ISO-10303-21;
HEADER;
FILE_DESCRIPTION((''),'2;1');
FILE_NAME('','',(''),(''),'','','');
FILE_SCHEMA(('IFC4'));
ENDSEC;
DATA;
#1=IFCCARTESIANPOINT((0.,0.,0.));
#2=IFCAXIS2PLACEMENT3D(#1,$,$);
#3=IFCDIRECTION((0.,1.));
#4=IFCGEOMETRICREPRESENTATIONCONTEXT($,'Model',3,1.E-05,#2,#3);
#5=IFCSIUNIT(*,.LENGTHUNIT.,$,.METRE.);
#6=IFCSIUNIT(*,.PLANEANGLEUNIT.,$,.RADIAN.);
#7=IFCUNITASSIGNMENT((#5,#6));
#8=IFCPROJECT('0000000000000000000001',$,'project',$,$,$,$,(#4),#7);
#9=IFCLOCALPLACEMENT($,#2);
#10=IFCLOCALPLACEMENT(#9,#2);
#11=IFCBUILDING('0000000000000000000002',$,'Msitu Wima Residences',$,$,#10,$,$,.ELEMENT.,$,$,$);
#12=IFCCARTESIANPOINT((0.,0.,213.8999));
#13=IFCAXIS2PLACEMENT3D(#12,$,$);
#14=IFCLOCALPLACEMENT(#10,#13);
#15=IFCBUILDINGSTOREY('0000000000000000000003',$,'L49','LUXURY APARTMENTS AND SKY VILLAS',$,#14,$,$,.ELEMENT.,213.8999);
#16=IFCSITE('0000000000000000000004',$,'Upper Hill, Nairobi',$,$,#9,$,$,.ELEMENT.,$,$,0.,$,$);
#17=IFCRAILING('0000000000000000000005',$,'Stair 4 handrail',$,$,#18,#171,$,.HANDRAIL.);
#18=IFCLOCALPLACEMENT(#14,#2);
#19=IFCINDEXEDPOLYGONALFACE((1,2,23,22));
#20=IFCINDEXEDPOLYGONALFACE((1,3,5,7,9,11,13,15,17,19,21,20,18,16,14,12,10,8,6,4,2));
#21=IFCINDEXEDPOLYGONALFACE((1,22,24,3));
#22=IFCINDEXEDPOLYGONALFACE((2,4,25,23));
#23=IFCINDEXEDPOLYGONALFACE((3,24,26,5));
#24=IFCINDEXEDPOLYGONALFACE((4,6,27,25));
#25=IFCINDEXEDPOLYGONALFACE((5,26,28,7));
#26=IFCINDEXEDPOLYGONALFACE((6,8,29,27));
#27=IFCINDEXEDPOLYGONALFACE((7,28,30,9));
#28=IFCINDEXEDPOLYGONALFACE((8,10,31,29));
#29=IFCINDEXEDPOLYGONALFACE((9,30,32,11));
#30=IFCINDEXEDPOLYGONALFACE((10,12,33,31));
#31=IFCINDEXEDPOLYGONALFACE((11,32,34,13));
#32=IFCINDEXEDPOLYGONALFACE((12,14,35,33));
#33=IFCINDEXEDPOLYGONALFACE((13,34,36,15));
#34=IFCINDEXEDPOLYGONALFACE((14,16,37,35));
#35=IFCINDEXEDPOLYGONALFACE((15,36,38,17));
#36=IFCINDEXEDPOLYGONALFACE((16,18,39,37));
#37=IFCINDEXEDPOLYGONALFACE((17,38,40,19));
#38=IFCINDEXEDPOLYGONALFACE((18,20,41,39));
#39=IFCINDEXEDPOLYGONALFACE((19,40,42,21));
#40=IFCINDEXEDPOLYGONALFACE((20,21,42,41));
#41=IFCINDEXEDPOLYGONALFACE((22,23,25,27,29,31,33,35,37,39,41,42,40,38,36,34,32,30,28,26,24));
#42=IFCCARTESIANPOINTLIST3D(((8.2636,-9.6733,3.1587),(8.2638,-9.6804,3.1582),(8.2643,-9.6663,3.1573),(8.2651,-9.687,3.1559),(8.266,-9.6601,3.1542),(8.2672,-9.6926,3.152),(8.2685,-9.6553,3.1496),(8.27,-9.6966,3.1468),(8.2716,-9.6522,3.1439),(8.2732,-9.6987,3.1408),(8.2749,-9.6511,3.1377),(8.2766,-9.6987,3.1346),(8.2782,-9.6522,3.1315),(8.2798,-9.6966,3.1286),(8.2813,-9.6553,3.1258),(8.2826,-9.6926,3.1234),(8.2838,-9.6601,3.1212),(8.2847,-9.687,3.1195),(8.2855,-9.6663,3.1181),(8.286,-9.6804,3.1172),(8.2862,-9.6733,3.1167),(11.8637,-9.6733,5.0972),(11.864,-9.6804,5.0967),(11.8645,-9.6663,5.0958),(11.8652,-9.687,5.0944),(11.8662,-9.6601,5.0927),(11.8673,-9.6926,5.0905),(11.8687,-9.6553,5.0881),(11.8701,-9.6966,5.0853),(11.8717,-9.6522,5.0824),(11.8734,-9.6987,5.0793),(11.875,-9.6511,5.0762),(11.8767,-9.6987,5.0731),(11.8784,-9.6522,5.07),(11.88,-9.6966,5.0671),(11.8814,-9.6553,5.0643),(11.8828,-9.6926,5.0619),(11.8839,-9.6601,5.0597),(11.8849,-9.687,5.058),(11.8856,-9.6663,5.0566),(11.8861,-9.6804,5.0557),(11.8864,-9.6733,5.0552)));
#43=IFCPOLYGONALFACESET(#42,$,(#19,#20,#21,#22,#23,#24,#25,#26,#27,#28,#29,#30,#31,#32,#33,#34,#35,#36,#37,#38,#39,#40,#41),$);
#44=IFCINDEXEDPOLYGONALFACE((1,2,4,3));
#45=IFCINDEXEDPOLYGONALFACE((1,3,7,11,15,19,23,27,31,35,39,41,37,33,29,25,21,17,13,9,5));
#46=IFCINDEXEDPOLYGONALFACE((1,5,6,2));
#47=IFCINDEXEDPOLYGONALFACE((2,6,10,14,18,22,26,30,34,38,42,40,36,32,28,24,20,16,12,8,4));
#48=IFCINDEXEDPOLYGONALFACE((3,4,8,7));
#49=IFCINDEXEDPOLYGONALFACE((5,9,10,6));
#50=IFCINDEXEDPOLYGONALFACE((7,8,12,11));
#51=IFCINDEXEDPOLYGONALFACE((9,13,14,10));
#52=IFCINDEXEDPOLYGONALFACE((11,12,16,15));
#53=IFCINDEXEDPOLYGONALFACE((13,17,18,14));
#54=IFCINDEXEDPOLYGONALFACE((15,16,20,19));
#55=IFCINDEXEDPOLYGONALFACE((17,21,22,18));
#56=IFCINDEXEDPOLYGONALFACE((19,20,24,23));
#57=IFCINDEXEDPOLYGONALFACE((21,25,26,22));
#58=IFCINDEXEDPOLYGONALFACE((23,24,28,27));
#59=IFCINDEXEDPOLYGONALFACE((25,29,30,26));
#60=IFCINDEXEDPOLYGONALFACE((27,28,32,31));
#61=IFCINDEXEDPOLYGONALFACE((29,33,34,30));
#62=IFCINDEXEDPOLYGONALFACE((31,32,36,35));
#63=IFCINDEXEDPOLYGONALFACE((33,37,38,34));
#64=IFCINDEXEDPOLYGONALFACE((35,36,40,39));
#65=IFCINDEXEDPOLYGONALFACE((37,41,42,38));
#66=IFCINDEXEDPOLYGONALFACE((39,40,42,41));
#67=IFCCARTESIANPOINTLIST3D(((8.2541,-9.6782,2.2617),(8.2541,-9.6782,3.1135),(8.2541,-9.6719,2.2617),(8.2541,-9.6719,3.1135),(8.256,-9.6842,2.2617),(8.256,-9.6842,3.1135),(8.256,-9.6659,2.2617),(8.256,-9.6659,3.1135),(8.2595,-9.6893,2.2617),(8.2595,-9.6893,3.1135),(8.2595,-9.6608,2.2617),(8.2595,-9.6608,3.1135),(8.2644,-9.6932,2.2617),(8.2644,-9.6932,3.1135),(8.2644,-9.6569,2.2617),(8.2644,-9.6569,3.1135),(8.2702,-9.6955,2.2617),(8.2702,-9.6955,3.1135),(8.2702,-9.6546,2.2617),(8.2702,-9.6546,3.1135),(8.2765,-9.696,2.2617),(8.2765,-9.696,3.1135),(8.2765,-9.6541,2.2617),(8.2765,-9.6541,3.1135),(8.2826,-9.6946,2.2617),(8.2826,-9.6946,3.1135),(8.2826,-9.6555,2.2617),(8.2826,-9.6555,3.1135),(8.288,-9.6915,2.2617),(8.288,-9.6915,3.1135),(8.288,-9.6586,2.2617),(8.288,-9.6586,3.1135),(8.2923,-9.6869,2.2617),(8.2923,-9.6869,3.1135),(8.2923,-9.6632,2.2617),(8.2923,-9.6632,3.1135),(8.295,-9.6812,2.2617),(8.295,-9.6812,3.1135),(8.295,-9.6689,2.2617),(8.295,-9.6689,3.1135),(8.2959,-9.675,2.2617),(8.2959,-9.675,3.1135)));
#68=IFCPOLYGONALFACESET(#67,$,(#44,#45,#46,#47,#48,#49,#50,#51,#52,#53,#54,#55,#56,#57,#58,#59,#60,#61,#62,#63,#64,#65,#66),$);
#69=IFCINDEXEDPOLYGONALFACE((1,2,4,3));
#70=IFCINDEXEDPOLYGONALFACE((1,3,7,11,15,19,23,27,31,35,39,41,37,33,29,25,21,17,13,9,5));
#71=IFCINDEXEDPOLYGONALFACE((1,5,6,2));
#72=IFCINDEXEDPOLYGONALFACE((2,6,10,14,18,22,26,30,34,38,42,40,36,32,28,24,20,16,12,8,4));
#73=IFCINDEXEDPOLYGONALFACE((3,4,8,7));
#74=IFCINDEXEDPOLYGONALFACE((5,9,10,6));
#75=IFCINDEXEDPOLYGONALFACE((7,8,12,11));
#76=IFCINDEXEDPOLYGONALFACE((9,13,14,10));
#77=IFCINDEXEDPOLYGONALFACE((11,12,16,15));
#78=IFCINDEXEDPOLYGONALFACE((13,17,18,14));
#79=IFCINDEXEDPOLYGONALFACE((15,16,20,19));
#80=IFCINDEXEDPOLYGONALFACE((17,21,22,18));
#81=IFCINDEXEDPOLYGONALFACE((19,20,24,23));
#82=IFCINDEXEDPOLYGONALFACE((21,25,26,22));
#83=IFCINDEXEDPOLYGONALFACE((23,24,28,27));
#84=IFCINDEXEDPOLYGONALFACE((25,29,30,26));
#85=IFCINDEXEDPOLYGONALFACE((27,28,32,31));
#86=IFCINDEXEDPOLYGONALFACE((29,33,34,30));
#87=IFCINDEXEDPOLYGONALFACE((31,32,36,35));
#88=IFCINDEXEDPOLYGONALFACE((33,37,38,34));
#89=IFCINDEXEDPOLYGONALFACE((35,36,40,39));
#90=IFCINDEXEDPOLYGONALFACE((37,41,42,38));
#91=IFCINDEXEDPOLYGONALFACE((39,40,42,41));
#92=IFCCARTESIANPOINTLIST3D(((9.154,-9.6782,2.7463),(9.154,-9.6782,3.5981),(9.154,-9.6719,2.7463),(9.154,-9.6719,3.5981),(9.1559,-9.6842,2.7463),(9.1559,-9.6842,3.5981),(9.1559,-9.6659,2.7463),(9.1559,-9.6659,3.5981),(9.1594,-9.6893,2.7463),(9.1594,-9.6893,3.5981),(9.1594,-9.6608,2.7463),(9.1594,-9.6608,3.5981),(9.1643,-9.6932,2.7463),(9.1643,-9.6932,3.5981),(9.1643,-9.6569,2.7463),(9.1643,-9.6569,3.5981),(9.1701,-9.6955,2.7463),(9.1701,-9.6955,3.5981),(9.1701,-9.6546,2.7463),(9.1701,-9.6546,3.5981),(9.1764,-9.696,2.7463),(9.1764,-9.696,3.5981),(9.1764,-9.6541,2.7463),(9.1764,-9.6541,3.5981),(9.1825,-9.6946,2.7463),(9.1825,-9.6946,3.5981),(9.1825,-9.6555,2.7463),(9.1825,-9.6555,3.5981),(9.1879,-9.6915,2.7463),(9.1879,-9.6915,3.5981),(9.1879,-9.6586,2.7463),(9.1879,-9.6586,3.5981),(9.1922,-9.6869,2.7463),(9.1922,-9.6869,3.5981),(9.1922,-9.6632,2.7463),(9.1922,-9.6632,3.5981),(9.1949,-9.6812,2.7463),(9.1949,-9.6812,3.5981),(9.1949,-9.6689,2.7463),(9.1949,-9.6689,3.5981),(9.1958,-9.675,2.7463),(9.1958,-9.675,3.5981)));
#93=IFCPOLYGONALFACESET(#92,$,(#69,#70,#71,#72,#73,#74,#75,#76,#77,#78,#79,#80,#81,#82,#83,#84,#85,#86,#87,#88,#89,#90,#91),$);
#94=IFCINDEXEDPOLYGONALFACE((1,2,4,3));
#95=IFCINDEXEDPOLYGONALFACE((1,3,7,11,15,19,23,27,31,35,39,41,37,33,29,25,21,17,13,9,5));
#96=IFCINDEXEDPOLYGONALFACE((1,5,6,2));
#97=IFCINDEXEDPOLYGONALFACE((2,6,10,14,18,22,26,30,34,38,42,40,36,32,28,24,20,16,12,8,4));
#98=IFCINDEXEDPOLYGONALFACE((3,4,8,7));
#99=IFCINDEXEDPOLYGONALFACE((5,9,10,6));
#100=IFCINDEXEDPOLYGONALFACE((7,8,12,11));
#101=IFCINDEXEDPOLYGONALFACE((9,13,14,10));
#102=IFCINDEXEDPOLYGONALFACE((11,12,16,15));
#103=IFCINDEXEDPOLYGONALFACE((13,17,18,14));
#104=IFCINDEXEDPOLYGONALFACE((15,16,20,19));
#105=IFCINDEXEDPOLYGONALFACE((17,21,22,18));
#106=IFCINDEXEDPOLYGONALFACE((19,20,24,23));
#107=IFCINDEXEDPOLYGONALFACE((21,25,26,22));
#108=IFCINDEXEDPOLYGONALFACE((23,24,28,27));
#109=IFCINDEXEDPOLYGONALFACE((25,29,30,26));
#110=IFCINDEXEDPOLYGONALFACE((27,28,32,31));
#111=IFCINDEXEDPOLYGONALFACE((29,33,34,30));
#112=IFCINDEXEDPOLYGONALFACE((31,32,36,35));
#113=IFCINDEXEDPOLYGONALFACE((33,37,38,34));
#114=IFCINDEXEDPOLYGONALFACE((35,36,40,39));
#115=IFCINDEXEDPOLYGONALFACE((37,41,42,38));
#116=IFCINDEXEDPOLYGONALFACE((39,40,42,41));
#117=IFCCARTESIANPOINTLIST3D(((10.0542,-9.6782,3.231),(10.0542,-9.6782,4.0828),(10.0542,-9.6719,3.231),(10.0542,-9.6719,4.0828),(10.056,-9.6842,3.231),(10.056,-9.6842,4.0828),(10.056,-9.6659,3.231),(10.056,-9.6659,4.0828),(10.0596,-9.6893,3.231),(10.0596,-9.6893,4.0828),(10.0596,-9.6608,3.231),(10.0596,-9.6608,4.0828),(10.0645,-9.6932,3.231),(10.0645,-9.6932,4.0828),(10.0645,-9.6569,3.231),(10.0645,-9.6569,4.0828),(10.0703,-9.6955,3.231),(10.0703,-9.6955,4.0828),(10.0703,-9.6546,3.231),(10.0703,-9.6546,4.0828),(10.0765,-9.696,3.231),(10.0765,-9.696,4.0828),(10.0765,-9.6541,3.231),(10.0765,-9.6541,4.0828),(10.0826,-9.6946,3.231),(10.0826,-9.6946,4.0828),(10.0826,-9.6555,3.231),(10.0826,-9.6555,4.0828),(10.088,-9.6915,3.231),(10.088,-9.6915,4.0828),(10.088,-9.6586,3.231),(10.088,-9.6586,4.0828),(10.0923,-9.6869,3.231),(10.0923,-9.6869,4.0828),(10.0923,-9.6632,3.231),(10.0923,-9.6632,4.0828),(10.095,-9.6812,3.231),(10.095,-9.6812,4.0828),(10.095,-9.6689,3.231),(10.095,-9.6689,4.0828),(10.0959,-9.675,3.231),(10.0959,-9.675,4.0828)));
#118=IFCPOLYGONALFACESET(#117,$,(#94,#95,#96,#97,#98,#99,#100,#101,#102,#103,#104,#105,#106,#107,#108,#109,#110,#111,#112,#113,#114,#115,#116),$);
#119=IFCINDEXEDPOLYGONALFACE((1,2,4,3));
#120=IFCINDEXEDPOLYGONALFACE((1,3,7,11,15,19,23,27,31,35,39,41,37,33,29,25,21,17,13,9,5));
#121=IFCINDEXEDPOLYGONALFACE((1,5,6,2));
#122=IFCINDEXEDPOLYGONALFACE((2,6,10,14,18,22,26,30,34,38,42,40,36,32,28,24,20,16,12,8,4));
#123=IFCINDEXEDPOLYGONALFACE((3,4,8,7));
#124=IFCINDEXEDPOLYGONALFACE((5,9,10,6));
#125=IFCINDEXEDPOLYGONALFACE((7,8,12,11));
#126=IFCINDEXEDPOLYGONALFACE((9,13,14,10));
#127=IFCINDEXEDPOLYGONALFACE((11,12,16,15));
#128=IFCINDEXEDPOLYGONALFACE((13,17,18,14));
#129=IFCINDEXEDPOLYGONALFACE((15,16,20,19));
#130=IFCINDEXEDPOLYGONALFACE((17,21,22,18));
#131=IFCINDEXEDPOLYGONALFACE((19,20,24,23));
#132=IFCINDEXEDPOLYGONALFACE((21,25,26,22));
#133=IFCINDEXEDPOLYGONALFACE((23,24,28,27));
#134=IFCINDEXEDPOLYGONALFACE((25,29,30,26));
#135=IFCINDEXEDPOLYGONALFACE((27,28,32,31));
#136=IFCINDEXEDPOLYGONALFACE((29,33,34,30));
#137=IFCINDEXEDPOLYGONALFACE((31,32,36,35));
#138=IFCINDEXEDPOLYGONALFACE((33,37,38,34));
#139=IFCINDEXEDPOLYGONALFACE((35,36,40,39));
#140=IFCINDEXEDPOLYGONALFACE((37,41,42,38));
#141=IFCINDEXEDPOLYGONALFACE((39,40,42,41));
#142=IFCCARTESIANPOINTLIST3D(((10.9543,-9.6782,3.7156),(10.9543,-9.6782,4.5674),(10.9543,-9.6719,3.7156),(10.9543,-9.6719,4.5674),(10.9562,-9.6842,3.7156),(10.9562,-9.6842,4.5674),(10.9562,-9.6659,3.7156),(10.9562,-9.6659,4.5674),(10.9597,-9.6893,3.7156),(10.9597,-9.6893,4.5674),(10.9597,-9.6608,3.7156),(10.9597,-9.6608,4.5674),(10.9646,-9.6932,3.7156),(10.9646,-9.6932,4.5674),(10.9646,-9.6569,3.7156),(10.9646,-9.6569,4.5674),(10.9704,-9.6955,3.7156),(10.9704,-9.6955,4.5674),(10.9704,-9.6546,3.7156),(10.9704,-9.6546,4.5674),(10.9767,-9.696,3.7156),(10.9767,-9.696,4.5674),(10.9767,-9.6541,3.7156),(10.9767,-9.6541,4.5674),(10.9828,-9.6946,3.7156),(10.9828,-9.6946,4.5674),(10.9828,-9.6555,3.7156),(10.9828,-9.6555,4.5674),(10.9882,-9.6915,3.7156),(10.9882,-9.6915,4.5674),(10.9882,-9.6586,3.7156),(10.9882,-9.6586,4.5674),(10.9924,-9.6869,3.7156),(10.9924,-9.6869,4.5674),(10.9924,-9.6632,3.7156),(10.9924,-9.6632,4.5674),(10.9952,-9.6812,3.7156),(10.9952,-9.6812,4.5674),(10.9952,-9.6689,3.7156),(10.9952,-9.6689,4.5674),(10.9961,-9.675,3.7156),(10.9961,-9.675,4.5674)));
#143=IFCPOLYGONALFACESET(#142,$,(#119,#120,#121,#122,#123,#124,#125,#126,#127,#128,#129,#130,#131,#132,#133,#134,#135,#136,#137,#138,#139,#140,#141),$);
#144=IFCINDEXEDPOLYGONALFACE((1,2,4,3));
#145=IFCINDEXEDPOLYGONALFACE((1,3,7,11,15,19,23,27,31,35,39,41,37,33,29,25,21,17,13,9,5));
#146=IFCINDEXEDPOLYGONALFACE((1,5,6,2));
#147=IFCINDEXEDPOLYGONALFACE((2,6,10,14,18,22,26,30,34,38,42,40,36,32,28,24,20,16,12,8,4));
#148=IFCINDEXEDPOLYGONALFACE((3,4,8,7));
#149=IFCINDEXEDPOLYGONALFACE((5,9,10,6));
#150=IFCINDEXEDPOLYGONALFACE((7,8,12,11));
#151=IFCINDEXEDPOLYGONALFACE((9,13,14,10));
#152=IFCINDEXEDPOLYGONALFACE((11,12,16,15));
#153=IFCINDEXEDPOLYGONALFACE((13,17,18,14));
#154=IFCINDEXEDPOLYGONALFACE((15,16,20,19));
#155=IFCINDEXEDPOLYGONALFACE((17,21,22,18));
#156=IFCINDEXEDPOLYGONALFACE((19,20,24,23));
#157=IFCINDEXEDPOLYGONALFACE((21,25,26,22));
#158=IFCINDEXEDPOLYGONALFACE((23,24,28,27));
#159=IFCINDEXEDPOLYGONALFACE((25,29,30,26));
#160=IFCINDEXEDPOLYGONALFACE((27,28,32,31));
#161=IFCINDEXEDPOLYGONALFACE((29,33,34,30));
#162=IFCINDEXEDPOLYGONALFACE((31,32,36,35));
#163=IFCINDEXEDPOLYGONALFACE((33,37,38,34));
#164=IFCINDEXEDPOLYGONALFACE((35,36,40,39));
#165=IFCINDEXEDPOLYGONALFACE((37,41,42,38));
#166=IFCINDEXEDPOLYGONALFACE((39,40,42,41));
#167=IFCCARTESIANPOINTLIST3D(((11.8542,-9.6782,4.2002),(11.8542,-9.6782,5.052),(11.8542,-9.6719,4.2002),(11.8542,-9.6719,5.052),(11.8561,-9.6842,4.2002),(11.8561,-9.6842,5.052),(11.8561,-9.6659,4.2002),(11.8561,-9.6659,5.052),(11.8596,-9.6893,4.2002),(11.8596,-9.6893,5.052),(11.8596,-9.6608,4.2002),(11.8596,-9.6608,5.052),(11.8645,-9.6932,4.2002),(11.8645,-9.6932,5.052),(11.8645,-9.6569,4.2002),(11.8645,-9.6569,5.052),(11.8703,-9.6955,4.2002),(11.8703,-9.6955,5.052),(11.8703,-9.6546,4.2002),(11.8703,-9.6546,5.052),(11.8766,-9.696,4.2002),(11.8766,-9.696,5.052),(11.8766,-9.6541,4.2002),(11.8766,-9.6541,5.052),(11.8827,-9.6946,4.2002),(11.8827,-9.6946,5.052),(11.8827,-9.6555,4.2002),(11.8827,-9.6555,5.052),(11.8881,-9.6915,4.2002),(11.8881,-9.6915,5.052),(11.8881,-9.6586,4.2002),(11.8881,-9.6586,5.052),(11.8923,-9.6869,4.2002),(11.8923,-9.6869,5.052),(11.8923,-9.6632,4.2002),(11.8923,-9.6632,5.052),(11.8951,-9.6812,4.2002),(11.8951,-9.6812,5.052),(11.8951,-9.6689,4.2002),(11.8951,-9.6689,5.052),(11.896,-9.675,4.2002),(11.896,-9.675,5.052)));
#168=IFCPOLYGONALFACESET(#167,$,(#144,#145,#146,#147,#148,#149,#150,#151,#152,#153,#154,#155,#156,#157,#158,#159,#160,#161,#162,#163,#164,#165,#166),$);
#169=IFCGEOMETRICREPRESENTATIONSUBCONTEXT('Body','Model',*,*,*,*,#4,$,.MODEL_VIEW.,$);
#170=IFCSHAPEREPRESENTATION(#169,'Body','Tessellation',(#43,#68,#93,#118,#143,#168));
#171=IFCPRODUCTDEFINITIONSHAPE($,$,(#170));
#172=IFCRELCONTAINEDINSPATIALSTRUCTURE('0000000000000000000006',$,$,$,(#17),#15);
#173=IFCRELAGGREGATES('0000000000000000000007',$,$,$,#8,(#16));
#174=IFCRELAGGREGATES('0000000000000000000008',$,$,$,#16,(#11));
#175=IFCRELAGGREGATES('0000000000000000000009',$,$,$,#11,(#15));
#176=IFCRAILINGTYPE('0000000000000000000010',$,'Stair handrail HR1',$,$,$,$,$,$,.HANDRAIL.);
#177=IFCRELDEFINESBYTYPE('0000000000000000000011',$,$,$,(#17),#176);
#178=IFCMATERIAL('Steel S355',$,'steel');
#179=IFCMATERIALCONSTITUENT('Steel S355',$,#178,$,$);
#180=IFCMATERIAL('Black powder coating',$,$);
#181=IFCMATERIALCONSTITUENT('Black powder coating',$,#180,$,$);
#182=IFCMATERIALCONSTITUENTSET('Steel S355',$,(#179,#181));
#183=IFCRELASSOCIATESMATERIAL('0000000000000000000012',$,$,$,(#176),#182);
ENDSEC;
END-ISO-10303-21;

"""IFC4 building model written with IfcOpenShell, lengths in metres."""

from ifc_helpers import new_model, si_unit, direction, frame, origin, origin_2d, place, context, subcontext, project, spatial, circle, extrude, material, constituent, constituent_set, type_object, element, save


model = new_model("IFC4")

# Units and contexts
model_context = context("Model", 3, precision=1e-05, world=origin(), true_north=direction((0.0, 1.0)))
body_context = subcontext(model_context, "Body", "Model", "MODEL_VIEW")
ifc_project = project(units=[si_unit("LENGTHUNIT", "METRE"), si_unit("PLANEANGLEUNIT", "RADIAN")], contexts=[model_context])

# Site, building, storey
site_placement = place(None, origin())
site = spatial("IfcSite", under=ifc_project, at=site_placement, Name="Upper Hill, Nairobi", CompositionType="ELEMENT", RefElevation=0.0)
building_placement = place(site_placement, origin())
building = spatial("IfcBuilding", under=site, at=building_placement, Name="Msitu Wima Residences", CompositionType="ELEMENT")
storey_placement = place(building_placement, frame((0.0, 0.0, 213.8999)))
storey = spatial("IfcBuildingStorey", under=building, at=storey_placement, Name="L49", Description="LUXURY APARTMENTS AND SKY VILLAS", CompositionType="ELEMENT", Elevation=213.8999)

# Railing
ifc_material_1 = material(Name="Steel S355", Category="steel")
ifc_constituent_1 = constituent(ifc_material_1, Name="Steel S355")
ifc_material_2 = material(Name="Black powder coating")
ifc_constituent_2 = constituent(ifc_material_2, Name="Black powder coating")
ifc_constituent_set = constituent_set(constituents=[ifc_constituent_1, ifc_constituent_2], Name="Steel S355")
railing_type = type_object("IfcRailingType", Name="Stair handrail HR1", PredefinedType="HANDRAIL", material=ifc_constituent_set)
for number, where, name in (
    (1, (8.2749, -9.675, 2.2617), "Stair 4 handrail"),
):
    element("IfcRailing", number, at=place(storey_placement, frame(where)), inside=storey, type_object=railing_type, Name=name, PredefinedType="HANDRAIL", context=body_context, shape_type="SweptSolid", body=[
        extrude(circle(Radius=0.0239, at=origin_2d()), frame((0.0, 0.0, 0.876), z_axis=(0.880475, 0.0, 0.474093), x_axis=(0.0, 1.0, 0.0)), (0.0, 0.0, 1.0), 4.0889),
        extrude(circle(Radius=0.021, at=origin_2d()), origin(), (0.0, 0.0, 1.0), 0.8518),
        extrude(circle(Radius=0.021, at=origin_2d()), frame((0.8999, 0.0, 0.4846)), (0.0, 0.0, 1.0), 0.8518),
        extrude(circle(Radius=0.021, at=origin_2d()), frame((1.8, 0.0, 0.9692)), (0.0, 0.0, 1.0), 0.8518),
        extrude(circle(Radius=0.021, at=origin_2d()), frame((2.7002, 0.0, 1.4539)), (0.0, 0.0, 1.0), 0.8518),
        extrude(circle(Radius=0.021, at=origin_2d()), frame((3.6001, 0.0, 1.9385)), (0.0, 0.0, 1.0), 0.8518),
    ])

save(model, "model.ifc")
